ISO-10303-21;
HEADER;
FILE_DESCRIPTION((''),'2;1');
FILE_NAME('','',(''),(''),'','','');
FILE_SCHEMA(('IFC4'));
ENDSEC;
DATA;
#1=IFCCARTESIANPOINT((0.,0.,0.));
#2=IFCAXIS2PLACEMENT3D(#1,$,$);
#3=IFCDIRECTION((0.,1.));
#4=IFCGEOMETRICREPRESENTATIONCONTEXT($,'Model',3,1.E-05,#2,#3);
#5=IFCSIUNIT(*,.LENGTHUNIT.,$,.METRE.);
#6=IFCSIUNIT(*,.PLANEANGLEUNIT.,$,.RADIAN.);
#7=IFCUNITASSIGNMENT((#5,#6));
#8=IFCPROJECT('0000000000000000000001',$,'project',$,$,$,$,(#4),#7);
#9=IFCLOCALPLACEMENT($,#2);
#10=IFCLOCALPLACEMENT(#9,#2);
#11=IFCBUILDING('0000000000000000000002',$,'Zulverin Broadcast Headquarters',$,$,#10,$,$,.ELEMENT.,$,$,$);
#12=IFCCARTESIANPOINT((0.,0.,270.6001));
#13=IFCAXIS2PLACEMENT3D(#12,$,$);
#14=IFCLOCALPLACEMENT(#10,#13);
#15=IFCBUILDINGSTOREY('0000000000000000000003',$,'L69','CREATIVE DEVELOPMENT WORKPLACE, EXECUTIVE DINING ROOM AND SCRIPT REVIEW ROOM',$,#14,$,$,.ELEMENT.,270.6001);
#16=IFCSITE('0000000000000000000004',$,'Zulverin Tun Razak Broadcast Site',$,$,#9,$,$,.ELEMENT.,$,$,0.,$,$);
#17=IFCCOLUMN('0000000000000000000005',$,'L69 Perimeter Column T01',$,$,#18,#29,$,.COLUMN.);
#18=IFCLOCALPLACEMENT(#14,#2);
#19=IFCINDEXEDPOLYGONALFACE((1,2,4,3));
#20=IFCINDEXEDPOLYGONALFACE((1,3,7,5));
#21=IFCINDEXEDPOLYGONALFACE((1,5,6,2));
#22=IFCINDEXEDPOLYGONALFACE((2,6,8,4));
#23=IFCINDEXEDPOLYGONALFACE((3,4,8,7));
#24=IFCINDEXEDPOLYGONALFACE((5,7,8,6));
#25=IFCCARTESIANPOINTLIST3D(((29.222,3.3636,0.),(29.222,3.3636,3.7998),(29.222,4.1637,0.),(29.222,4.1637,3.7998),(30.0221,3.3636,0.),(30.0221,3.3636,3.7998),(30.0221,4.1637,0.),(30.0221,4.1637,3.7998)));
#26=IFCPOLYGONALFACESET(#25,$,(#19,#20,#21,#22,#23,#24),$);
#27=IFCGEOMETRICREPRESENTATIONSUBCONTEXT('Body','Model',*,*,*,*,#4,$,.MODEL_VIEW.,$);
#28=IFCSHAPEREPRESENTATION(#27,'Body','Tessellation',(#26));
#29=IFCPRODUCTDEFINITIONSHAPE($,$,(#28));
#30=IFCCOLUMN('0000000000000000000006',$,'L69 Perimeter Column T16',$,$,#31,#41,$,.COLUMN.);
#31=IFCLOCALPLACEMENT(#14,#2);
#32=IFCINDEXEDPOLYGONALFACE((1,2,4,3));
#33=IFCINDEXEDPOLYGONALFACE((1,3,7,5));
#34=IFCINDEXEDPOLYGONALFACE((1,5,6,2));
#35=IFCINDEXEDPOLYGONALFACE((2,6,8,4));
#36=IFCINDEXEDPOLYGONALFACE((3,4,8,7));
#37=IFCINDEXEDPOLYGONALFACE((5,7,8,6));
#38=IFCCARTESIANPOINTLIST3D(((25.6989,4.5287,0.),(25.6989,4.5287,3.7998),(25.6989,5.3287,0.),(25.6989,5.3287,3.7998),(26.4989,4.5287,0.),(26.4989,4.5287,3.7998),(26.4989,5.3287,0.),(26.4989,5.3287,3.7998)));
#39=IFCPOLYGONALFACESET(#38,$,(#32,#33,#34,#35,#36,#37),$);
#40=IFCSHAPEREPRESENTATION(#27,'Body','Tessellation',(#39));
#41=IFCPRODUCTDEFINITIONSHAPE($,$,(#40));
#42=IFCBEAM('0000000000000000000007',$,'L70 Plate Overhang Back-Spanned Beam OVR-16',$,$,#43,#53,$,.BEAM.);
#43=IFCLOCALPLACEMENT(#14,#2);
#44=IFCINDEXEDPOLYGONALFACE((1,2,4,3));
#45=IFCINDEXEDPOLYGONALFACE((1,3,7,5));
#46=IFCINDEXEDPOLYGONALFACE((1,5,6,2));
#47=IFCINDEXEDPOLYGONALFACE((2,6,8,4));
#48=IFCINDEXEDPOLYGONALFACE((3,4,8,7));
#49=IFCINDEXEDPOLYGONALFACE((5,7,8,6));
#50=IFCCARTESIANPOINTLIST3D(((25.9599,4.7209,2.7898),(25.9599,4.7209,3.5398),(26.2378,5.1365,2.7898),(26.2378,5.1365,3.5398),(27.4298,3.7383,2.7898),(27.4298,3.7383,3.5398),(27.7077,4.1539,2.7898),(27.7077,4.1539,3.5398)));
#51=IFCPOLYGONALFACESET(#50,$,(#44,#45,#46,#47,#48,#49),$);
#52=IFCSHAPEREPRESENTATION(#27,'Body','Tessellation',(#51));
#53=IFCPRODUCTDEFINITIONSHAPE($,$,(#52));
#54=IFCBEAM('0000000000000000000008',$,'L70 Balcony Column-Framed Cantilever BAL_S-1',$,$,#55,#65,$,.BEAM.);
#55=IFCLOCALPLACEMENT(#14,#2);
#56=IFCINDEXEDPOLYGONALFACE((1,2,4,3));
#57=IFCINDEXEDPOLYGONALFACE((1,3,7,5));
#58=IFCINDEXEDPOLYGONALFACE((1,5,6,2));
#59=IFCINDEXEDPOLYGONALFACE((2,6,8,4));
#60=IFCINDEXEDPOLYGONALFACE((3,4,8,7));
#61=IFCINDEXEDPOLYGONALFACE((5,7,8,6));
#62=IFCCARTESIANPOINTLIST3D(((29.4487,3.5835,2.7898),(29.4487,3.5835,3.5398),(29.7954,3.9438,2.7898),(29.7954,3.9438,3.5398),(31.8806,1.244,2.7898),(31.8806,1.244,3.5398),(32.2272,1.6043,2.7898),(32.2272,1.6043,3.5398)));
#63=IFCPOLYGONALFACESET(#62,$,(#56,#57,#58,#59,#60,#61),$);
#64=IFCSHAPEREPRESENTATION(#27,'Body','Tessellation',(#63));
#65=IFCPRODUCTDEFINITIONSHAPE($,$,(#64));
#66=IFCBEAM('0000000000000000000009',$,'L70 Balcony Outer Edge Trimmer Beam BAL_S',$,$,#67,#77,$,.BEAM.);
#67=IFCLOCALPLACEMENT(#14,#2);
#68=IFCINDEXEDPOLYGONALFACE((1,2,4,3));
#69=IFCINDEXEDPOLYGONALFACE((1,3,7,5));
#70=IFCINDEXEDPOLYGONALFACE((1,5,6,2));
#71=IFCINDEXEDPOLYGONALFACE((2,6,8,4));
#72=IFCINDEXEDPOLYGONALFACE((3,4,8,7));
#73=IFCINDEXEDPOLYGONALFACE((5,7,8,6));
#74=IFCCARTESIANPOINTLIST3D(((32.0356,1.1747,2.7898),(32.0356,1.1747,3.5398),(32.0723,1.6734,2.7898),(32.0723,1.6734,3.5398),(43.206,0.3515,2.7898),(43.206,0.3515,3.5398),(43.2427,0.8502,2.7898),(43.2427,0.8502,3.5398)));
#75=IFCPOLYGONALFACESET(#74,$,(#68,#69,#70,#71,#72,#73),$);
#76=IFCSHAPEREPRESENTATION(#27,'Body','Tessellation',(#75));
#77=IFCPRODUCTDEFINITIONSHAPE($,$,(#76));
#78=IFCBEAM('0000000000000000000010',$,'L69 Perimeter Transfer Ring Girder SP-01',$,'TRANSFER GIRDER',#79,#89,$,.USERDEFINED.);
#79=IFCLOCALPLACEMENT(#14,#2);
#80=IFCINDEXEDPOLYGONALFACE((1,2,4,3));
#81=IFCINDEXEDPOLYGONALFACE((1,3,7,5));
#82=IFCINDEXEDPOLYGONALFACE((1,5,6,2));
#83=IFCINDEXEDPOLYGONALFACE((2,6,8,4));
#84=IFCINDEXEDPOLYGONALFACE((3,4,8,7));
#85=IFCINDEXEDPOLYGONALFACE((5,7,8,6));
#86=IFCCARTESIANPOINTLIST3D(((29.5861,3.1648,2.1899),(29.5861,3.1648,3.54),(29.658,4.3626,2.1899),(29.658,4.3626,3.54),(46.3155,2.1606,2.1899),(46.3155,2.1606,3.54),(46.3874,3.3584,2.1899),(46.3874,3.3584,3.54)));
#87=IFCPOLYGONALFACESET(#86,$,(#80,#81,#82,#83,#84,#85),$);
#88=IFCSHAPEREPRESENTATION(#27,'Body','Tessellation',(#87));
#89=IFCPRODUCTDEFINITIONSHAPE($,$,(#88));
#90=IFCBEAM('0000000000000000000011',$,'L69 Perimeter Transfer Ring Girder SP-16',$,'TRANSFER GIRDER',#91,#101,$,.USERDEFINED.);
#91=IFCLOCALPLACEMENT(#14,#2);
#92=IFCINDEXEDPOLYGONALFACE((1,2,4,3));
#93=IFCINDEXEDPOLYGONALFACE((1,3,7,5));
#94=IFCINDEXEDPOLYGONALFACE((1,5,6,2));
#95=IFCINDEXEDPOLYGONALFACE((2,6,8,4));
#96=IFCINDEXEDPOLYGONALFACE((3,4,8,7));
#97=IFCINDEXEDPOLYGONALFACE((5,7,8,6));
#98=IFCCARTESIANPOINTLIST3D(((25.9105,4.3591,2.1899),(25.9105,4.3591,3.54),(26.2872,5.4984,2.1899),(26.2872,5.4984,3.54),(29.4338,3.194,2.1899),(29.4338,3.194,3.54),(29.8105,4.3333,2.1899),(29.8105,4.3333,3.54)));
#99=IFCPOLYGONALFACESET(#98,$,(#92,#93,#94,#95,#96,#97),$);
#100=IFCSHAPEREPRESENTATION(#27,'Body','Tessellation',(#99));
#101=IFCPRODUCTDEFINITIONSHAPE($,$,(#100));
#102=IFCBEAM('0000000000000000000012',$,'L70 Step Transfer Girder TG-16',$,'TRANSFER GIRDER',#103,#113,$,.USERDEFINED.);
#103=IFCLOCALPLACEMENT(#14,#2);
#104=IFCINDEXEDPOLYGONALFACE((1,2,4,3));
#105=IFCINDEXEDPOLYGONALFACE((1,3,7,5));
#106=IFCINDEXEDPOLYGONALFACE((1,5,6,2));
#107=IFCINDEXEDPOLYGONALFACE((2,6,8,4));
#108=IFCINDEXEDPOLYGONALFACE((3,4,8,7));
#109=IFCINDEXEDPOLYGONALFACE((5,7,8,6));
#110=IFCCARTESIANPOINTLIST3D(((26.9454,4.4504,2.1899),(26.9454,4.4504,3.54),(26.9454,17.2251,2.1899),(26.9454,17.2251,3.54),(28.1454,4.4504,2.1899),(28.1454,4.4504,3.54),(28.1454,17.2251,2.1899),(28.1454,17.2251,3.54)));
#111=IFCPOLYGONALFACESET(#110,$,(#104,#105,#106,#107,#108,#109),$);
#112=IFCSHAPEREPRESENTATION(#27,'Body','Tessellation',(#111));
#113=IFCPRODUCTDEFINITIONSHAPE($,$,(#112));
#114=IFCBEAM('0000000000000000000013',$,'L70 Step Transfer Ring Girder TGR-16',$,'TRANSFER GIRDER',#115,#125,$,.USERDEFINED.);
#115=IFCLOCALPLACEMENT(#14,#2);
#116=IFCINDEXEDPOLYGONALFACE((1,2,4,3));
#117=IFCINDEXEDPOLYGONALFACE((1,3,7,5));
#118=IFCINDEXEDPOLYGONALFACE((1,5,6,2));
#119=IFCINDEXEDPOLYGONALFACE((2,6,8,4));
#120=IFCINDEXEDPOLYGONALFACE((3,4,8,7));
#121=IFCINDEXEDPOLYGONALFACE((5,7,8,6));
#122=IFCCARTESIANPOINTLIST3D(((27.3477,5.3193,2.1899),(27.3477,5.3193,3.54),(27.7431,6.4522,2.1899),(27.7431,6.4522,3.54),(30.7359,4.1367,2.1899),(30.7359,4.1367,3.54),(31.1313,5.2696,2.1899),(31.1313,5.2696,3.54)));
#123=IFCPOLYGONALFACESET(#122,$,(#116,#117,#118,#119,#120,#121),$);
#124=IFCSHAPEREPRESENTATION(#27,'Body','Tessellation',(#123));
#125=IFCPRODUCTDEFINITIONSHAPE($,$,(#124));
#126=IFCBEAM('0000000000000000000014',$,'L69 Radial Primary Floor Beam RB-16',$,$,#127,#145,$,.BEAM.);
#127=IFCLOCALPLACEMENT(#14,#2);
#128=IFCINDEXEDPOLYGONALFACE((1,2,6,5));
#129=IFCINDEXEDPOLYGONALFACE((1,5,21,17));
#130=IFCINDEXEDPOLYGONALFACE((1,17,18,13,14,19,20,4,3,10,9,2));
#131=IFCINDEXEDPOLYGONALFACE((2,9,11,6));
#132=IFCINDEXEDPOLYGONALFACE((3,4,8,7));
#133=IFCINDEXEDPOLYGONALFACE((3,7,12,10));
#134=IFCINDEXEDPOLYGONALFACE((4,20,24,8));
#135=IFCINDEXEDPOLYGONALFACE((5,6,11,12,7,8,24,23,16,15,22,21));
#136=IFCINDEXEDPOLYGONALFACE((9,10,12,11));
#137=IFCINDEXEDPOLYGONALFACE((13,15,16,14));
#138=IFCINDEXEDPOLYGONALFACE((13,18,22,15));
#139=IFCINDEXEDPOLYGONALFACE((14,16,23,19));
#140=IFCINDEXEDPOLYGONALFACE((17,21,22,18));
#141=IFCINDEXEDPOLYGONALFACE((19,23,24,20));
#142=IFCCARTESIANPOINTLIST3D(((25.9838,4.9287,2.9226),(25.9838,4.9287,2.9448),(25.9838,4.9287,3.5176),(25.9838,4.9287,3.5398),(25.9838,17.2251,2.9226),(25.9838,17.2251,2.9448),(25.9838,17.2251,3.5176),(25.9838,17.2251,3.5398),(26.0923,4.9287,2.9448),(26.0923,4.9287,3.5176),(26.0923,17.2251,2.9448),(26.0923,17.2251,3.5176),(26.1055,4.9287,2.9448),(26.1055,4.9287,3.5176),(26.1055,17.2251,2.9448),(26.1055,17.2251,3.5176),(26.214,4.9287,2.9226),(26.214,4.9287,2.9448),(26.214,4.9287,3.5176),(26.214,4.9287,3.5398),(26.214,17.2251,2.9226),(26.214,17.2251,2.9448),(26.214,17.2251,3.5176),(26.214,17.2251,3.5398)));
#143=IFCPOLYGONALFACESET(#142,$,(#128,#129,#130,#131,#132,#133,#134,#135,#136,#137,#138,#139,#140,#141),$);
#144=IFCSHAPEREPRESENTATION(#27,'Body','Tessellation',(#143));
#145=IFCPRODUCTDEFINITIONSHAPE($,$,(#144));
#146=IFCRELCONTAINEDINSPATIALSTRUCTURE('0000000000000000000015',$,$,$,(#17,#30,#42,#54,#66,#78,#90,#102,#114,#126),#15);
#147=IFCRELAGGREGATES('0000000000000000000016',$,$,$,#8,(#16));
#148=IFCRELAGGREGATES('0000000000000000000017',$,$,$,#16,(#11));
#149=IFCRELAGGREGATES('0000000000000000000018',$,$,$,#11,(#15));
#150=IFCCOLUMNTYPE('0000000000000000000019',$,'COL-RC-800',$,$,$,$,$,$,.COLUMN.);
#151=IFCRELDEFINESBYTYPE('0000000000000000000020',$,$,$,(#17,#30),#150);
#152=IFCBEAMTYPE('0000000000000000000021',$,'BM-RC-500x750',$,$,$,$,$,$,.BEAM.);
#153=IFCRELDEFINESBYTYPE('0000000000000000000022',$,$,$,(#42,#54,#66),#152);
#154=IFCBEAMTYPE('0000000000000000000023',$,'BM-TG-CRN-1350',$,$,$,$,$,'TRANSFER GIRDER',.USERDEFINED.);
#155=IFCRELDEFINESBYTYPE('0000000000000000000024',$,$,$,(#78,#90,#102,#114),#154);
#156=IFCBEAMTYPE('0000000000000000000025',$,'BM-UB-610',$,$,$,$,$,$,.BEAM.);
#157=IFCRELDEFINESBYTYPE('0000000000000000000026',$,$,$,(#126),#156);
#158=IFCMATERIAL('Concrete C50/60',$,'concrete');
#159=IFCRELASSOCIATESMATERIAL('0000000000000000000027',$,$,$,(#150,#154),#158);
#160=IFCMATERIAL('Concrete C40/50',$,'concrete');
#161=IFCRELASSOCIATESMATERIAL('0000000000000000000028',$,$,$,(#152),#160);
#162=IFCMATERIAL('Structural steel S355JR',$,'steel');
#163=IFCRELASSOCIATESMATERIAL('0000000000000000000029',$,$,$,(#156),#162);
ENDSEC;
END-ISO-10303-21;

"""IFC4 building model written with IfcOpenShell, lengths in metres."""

from ifc_helpers import new_model, si_unit, direction, frame, origin, origin_2d, place, context, subcontext, project, spatial, rectangle, i_section, extrude, material, material_profile, profile_set, type_object, element, save


model = new_model("IFC4")

# Units and contexts
model_context = context("Model", 3, precision=1e-05, world=origin(), true_north=direction((0.0, 1.0)))
body_context = subcontext(model_context, "Body", "Model", "MODEL_VIEW")
ifc_project = project(units=[si_unit("LENGTHUNIT", "METRE"), si_unit("PLANEANGLEUNIT", "RADIAN")], contexts=[model_context])

# Site, building, storey
site_placement = place(None, origin())
site = spatial("IfcSite", under=ifc_project, at=site_placement, Name="Zulverin Tun Razak Broadcast Site", CompositionType="ELEMENT", RefElevation=0.0)
building_placement = place(site_placement, origin())
building = spatial("IfcBuilding", under=site, at=building_placement, Name="Zulverin Broadcast Headquarters", CompositionType="ELEMENT")
storey_placement = place(building_placement, frame((0.0, 0.0, 270.6001)))
storey = spatial("IfcBuildingStorey", under=building, at=storey_placement, Name="L69", Description="CREATIVE DEVELOPMENT WORKPLACE, EXECUTIVE DINING ROOM AND SCRIPT REVIEW ROOM", CompositionType="ELEMENT", Elevation=270.6001)

# Columns
ifc_material_1 = material(Name="Concrete C50/60", Category="concrete")
ifc_material_profile_1 = material_profile(ifc_material_1, rectangle(XDim=0.8, YDim=0.8, at=origin_2d()), Name="Concrete C50/60", Category="concrete")
ifc_profile_set_1 = profile_set([ifc_material_profile_1], Name="Concrete C50/60")
column_type = type_object("IfcColumnType", Name="COL-RC-800", PredefinedType="COLUMN", material=ifc_profile_set_1)
for number, where, z_axis, x_axis, name in (
    (1, (29.6221, 3.7637, 0.0), (0.0, 0.0, 1.0), (1.0, 0.0, 0.0), "L69 Perimeter Column T01"),
    (2, (26.0989, 4.9287, 0.0), (0.0, 0.0, 1.0), (1.0, 0.0, 0.0), "L69 Perimeter Column T16"),
):
    element("IfcColumn", number, at=place(storey_placement, frame(where, z_axis=z_axis, x_axis=x_axis)), inside=storey, type_object=column_type, Name=name, PredefinedType="COLUMN", context=body_context, shape_type="SweptSolid", body=[
        extrude(rectangle(XDim=0.8, YDim=0.8, at=origin_2d()), origin(), (0.0, 0.0, 1.0), 3.7998),
    ])

# Beams
ifc_material_2 = material(Name="Concrete C40/50", Category="concrete")
ifc_material_profile_2 = material_profile(ifc_material_2, rectangle(XDim=0.5, YDim=0.75, at=origin_2d()), Name="Concrete C40/50", Category="concrete")
ifc_profile_set_2 = profile_set([ifc_material_profile_2], Name="Concrete C40/50")
beam_type_1 = type_object("IfcBeamType", Name="BM-RC-500x750", PredefinedType="BEAM", material=ifc_profile_set_2)
beam_1_placement = place(storey_placement, frame((26.0989, 4.9287, 3.1648), z_axis=(0.831349, -0.555751, 0.0), x_axis=(0.555751, 0.831349, 0.0)))
element("IfcBeam", 3, at=beam_1_placement, inside=storey, type_object=beam_type_1, Name="L70 Plate Overhang Back-Spanned Beam OVR-16", PredefinedType="BEAM", context=body_context, shape_type="SweptSolid", body=[
    extrude(rectangle(XDim=0.5, YDim=0.75, at=origin_2d()), origin(), (0.0, 0.0, 1.0), 1.7681),
])
beam_2_placement = place(storey_placement, frame((29.6221, 3.7637, 3.1648), z_axis=(0.720648, -0.693301, 0.0), x_axis=(0.693301, 0.720648, 0.0)))
element("IfcBeam", 4, at=beam_2_placement, inside=storey, type_object=beam_type_1, Name="L70 Balcony Column-Framed Cantilever BAL_S-1", PredefinedType="BEAM", context=body_context, shape_type="SweptSolid", body=[
    extrude(rectangle(XDim=0.5, YDim=0.75, at=origin_2d()), origin(), (0.0, 0.0, 1.0), 3.3745),
])
beam_3_placement = place(storey_placement, frame((32.054, 1.4241, 3.1648), z_axis=(0.997295, -0.073499, 0.0), x_axis=(0.073499, 0.997295, 0.0)))
element("IfcBeam", 5, at=beam_3_placement, inside=storey, type_object=beam_type_1, Name="L70 Balcony Outer Edge Trimmer Beam BAL_S", PredefinedType="BEAM", context=body_context, shape_type="SweptSolid", body=[
    extrude(rectangle(XDim=0.5, YDim=0.75, at=origin_2d()), origin(), (0.0, 0.0, 1.0), 11.2007),
])
ifc_material_profile_3 = material_profile(ifc_material_1, rectangle(XDim=1.2, YDim=1.3501, at=origin_2d()), Name="Concrete C50/60", Category="concrete")
ifc_profile_set_3 = profile_set([ifc_material_profile_3], Name="Concrete C50/60")
beam_type_2 = type_object("IfcBeamType", Name="BM-TG-CRN-1350", ElementType="TRANSFER GIRDER", PredefinedType="USERDEFINED", material=ifc_profile_set_3)
beam_4_placement = place(storey_placement, frame((29.6221, 3.7637, 2.865), z_axis=(0.998203, -0.059915, 0.0), x_axis=(0.059915, 0.998203, 0.0)))
element("IfcBeam", 6, at=beam_4_placement, inside=storey, type_object=beam_type_2, Name="L69 Perimeter Transfer Ring Girder SP-01", ObjectType="TRANSFER GIRDER", PredefinedType="USERDEFINED", context=body_context, shape_type="SweptSolid", body=[
    extrude(rectangle(XDim=1.2, YDim=1.3501, at=origin_2d()), origin(), (0.0, 0.0, 1.0), 16.7595),
])
beam_5_placement = place(storey_placement, frame((26.0989, 4.9287, 2.865), z_axis=(0.949437, -0.313957, 0.0), x_axis=(0.313957, 0.949437, 0.0)))
element("IfcBeam", 7, at=beam_5_placement, inside=storey, type_object=beam_type_2, Name="L69 Perimeter Transfer Ring Girder SP-16", ObjectType="TRANSFER GIRDER", PredefinedType="USERDEFINED", context=body_context, shape_type="SweptSolid", body=[
    extrude(rectangle(XDim=1.2, YDim=1.3501, at=origin_2d()), origin(), (0.0, 0.0, 1.0), 3.7109),
])
beam_6_placement = place(storey_placement, frame((27.5454, 17.2251, 2.865), z_axis=(0.0, -1.0, 0.0), x_axis=(1.0, 0.0, 0.0)))
element("IfcBeam", 8, at=beam_6_placement, inside=storey, type_object=beam_type_2, Name="L70 Step Transfer Girder TG-16", ObjectType="TRANSFER GIRDER", PredefinedType="USERDEFINED", context=body_context, shape_type="SweptSolid", body=[
    extrude(rectangle(XDim=1.2, YDim=1.3501, at=origin_2d()), origin(), (0.0, 0.0, 1.0), 12.7747),
])
beam_7_placement = place(storey_placement, frame((27.5454, 5.8857, 2.865), z_axis=(0.94414, -0.329544, 0.0), x_axis=(0.329544, 0.94414, 0.0)))
element("IfcBeam", 9, at=beam_7_placement, inside=storey, type_object=beam_type_2, Name="L70 Step Transfer Ring Girder TGR-16", ObjectType="TRANSFER GIRDER", PredefinedType="USERDEFINED", context=body_context, shape_type="SweptSolid", body=[
    extrude(rectangle(XDim=1.2, YDim=1.3501, at=origin_2d()), origin(), (0.0, 0.0, 1.0), 3.5886),
])
ifc_material_3 = material(Name="Structural steel S355JR", Category="steel")
ifc_material_profile_4 = material_profile(ifc_material_3, i_section(OverallWidth=0.2302, OverallDepth=0.6172, WebThickness=0.0132, FlangeThickness=0.0222, at=origin_2d()), Name="Structural steel S355JR", Category="steel")
ifc_profile_set_4 = profile_set([ifc_material_profile_4], Name="Structural steel S355JR")
beam_type_3 = type_object("IfcBeamType", Name="BM-UB-610", PredefinedType="BEAM", material=ifc_profile_set_4)
beam_8_placement = place(storey_placement, frame((26.0989, 17.2251, 3.2312), z_axis=(0.0, -1.0, 0.0), x_axis=(1.0, 0.0, 0.0)))
element("IfcBeam", 10, at=beam_8_placement, inside=storey, type_object=beam_type_3, Name="L69 Radial Primary Floor Beam RB-16", PredefinedType="BEAM", context=body_context, shape_type="SweptSolid", body=[
    extrude(i_section(OverallWidth=0.2302, OverallDepth=0.6172, WebThickness=0.0132, FlangeThickness=0.0222, at=origin_2d()), origin(), (0.0, 0.0, 1.0), 12.2964),
])

save(model, "model.ifc")
